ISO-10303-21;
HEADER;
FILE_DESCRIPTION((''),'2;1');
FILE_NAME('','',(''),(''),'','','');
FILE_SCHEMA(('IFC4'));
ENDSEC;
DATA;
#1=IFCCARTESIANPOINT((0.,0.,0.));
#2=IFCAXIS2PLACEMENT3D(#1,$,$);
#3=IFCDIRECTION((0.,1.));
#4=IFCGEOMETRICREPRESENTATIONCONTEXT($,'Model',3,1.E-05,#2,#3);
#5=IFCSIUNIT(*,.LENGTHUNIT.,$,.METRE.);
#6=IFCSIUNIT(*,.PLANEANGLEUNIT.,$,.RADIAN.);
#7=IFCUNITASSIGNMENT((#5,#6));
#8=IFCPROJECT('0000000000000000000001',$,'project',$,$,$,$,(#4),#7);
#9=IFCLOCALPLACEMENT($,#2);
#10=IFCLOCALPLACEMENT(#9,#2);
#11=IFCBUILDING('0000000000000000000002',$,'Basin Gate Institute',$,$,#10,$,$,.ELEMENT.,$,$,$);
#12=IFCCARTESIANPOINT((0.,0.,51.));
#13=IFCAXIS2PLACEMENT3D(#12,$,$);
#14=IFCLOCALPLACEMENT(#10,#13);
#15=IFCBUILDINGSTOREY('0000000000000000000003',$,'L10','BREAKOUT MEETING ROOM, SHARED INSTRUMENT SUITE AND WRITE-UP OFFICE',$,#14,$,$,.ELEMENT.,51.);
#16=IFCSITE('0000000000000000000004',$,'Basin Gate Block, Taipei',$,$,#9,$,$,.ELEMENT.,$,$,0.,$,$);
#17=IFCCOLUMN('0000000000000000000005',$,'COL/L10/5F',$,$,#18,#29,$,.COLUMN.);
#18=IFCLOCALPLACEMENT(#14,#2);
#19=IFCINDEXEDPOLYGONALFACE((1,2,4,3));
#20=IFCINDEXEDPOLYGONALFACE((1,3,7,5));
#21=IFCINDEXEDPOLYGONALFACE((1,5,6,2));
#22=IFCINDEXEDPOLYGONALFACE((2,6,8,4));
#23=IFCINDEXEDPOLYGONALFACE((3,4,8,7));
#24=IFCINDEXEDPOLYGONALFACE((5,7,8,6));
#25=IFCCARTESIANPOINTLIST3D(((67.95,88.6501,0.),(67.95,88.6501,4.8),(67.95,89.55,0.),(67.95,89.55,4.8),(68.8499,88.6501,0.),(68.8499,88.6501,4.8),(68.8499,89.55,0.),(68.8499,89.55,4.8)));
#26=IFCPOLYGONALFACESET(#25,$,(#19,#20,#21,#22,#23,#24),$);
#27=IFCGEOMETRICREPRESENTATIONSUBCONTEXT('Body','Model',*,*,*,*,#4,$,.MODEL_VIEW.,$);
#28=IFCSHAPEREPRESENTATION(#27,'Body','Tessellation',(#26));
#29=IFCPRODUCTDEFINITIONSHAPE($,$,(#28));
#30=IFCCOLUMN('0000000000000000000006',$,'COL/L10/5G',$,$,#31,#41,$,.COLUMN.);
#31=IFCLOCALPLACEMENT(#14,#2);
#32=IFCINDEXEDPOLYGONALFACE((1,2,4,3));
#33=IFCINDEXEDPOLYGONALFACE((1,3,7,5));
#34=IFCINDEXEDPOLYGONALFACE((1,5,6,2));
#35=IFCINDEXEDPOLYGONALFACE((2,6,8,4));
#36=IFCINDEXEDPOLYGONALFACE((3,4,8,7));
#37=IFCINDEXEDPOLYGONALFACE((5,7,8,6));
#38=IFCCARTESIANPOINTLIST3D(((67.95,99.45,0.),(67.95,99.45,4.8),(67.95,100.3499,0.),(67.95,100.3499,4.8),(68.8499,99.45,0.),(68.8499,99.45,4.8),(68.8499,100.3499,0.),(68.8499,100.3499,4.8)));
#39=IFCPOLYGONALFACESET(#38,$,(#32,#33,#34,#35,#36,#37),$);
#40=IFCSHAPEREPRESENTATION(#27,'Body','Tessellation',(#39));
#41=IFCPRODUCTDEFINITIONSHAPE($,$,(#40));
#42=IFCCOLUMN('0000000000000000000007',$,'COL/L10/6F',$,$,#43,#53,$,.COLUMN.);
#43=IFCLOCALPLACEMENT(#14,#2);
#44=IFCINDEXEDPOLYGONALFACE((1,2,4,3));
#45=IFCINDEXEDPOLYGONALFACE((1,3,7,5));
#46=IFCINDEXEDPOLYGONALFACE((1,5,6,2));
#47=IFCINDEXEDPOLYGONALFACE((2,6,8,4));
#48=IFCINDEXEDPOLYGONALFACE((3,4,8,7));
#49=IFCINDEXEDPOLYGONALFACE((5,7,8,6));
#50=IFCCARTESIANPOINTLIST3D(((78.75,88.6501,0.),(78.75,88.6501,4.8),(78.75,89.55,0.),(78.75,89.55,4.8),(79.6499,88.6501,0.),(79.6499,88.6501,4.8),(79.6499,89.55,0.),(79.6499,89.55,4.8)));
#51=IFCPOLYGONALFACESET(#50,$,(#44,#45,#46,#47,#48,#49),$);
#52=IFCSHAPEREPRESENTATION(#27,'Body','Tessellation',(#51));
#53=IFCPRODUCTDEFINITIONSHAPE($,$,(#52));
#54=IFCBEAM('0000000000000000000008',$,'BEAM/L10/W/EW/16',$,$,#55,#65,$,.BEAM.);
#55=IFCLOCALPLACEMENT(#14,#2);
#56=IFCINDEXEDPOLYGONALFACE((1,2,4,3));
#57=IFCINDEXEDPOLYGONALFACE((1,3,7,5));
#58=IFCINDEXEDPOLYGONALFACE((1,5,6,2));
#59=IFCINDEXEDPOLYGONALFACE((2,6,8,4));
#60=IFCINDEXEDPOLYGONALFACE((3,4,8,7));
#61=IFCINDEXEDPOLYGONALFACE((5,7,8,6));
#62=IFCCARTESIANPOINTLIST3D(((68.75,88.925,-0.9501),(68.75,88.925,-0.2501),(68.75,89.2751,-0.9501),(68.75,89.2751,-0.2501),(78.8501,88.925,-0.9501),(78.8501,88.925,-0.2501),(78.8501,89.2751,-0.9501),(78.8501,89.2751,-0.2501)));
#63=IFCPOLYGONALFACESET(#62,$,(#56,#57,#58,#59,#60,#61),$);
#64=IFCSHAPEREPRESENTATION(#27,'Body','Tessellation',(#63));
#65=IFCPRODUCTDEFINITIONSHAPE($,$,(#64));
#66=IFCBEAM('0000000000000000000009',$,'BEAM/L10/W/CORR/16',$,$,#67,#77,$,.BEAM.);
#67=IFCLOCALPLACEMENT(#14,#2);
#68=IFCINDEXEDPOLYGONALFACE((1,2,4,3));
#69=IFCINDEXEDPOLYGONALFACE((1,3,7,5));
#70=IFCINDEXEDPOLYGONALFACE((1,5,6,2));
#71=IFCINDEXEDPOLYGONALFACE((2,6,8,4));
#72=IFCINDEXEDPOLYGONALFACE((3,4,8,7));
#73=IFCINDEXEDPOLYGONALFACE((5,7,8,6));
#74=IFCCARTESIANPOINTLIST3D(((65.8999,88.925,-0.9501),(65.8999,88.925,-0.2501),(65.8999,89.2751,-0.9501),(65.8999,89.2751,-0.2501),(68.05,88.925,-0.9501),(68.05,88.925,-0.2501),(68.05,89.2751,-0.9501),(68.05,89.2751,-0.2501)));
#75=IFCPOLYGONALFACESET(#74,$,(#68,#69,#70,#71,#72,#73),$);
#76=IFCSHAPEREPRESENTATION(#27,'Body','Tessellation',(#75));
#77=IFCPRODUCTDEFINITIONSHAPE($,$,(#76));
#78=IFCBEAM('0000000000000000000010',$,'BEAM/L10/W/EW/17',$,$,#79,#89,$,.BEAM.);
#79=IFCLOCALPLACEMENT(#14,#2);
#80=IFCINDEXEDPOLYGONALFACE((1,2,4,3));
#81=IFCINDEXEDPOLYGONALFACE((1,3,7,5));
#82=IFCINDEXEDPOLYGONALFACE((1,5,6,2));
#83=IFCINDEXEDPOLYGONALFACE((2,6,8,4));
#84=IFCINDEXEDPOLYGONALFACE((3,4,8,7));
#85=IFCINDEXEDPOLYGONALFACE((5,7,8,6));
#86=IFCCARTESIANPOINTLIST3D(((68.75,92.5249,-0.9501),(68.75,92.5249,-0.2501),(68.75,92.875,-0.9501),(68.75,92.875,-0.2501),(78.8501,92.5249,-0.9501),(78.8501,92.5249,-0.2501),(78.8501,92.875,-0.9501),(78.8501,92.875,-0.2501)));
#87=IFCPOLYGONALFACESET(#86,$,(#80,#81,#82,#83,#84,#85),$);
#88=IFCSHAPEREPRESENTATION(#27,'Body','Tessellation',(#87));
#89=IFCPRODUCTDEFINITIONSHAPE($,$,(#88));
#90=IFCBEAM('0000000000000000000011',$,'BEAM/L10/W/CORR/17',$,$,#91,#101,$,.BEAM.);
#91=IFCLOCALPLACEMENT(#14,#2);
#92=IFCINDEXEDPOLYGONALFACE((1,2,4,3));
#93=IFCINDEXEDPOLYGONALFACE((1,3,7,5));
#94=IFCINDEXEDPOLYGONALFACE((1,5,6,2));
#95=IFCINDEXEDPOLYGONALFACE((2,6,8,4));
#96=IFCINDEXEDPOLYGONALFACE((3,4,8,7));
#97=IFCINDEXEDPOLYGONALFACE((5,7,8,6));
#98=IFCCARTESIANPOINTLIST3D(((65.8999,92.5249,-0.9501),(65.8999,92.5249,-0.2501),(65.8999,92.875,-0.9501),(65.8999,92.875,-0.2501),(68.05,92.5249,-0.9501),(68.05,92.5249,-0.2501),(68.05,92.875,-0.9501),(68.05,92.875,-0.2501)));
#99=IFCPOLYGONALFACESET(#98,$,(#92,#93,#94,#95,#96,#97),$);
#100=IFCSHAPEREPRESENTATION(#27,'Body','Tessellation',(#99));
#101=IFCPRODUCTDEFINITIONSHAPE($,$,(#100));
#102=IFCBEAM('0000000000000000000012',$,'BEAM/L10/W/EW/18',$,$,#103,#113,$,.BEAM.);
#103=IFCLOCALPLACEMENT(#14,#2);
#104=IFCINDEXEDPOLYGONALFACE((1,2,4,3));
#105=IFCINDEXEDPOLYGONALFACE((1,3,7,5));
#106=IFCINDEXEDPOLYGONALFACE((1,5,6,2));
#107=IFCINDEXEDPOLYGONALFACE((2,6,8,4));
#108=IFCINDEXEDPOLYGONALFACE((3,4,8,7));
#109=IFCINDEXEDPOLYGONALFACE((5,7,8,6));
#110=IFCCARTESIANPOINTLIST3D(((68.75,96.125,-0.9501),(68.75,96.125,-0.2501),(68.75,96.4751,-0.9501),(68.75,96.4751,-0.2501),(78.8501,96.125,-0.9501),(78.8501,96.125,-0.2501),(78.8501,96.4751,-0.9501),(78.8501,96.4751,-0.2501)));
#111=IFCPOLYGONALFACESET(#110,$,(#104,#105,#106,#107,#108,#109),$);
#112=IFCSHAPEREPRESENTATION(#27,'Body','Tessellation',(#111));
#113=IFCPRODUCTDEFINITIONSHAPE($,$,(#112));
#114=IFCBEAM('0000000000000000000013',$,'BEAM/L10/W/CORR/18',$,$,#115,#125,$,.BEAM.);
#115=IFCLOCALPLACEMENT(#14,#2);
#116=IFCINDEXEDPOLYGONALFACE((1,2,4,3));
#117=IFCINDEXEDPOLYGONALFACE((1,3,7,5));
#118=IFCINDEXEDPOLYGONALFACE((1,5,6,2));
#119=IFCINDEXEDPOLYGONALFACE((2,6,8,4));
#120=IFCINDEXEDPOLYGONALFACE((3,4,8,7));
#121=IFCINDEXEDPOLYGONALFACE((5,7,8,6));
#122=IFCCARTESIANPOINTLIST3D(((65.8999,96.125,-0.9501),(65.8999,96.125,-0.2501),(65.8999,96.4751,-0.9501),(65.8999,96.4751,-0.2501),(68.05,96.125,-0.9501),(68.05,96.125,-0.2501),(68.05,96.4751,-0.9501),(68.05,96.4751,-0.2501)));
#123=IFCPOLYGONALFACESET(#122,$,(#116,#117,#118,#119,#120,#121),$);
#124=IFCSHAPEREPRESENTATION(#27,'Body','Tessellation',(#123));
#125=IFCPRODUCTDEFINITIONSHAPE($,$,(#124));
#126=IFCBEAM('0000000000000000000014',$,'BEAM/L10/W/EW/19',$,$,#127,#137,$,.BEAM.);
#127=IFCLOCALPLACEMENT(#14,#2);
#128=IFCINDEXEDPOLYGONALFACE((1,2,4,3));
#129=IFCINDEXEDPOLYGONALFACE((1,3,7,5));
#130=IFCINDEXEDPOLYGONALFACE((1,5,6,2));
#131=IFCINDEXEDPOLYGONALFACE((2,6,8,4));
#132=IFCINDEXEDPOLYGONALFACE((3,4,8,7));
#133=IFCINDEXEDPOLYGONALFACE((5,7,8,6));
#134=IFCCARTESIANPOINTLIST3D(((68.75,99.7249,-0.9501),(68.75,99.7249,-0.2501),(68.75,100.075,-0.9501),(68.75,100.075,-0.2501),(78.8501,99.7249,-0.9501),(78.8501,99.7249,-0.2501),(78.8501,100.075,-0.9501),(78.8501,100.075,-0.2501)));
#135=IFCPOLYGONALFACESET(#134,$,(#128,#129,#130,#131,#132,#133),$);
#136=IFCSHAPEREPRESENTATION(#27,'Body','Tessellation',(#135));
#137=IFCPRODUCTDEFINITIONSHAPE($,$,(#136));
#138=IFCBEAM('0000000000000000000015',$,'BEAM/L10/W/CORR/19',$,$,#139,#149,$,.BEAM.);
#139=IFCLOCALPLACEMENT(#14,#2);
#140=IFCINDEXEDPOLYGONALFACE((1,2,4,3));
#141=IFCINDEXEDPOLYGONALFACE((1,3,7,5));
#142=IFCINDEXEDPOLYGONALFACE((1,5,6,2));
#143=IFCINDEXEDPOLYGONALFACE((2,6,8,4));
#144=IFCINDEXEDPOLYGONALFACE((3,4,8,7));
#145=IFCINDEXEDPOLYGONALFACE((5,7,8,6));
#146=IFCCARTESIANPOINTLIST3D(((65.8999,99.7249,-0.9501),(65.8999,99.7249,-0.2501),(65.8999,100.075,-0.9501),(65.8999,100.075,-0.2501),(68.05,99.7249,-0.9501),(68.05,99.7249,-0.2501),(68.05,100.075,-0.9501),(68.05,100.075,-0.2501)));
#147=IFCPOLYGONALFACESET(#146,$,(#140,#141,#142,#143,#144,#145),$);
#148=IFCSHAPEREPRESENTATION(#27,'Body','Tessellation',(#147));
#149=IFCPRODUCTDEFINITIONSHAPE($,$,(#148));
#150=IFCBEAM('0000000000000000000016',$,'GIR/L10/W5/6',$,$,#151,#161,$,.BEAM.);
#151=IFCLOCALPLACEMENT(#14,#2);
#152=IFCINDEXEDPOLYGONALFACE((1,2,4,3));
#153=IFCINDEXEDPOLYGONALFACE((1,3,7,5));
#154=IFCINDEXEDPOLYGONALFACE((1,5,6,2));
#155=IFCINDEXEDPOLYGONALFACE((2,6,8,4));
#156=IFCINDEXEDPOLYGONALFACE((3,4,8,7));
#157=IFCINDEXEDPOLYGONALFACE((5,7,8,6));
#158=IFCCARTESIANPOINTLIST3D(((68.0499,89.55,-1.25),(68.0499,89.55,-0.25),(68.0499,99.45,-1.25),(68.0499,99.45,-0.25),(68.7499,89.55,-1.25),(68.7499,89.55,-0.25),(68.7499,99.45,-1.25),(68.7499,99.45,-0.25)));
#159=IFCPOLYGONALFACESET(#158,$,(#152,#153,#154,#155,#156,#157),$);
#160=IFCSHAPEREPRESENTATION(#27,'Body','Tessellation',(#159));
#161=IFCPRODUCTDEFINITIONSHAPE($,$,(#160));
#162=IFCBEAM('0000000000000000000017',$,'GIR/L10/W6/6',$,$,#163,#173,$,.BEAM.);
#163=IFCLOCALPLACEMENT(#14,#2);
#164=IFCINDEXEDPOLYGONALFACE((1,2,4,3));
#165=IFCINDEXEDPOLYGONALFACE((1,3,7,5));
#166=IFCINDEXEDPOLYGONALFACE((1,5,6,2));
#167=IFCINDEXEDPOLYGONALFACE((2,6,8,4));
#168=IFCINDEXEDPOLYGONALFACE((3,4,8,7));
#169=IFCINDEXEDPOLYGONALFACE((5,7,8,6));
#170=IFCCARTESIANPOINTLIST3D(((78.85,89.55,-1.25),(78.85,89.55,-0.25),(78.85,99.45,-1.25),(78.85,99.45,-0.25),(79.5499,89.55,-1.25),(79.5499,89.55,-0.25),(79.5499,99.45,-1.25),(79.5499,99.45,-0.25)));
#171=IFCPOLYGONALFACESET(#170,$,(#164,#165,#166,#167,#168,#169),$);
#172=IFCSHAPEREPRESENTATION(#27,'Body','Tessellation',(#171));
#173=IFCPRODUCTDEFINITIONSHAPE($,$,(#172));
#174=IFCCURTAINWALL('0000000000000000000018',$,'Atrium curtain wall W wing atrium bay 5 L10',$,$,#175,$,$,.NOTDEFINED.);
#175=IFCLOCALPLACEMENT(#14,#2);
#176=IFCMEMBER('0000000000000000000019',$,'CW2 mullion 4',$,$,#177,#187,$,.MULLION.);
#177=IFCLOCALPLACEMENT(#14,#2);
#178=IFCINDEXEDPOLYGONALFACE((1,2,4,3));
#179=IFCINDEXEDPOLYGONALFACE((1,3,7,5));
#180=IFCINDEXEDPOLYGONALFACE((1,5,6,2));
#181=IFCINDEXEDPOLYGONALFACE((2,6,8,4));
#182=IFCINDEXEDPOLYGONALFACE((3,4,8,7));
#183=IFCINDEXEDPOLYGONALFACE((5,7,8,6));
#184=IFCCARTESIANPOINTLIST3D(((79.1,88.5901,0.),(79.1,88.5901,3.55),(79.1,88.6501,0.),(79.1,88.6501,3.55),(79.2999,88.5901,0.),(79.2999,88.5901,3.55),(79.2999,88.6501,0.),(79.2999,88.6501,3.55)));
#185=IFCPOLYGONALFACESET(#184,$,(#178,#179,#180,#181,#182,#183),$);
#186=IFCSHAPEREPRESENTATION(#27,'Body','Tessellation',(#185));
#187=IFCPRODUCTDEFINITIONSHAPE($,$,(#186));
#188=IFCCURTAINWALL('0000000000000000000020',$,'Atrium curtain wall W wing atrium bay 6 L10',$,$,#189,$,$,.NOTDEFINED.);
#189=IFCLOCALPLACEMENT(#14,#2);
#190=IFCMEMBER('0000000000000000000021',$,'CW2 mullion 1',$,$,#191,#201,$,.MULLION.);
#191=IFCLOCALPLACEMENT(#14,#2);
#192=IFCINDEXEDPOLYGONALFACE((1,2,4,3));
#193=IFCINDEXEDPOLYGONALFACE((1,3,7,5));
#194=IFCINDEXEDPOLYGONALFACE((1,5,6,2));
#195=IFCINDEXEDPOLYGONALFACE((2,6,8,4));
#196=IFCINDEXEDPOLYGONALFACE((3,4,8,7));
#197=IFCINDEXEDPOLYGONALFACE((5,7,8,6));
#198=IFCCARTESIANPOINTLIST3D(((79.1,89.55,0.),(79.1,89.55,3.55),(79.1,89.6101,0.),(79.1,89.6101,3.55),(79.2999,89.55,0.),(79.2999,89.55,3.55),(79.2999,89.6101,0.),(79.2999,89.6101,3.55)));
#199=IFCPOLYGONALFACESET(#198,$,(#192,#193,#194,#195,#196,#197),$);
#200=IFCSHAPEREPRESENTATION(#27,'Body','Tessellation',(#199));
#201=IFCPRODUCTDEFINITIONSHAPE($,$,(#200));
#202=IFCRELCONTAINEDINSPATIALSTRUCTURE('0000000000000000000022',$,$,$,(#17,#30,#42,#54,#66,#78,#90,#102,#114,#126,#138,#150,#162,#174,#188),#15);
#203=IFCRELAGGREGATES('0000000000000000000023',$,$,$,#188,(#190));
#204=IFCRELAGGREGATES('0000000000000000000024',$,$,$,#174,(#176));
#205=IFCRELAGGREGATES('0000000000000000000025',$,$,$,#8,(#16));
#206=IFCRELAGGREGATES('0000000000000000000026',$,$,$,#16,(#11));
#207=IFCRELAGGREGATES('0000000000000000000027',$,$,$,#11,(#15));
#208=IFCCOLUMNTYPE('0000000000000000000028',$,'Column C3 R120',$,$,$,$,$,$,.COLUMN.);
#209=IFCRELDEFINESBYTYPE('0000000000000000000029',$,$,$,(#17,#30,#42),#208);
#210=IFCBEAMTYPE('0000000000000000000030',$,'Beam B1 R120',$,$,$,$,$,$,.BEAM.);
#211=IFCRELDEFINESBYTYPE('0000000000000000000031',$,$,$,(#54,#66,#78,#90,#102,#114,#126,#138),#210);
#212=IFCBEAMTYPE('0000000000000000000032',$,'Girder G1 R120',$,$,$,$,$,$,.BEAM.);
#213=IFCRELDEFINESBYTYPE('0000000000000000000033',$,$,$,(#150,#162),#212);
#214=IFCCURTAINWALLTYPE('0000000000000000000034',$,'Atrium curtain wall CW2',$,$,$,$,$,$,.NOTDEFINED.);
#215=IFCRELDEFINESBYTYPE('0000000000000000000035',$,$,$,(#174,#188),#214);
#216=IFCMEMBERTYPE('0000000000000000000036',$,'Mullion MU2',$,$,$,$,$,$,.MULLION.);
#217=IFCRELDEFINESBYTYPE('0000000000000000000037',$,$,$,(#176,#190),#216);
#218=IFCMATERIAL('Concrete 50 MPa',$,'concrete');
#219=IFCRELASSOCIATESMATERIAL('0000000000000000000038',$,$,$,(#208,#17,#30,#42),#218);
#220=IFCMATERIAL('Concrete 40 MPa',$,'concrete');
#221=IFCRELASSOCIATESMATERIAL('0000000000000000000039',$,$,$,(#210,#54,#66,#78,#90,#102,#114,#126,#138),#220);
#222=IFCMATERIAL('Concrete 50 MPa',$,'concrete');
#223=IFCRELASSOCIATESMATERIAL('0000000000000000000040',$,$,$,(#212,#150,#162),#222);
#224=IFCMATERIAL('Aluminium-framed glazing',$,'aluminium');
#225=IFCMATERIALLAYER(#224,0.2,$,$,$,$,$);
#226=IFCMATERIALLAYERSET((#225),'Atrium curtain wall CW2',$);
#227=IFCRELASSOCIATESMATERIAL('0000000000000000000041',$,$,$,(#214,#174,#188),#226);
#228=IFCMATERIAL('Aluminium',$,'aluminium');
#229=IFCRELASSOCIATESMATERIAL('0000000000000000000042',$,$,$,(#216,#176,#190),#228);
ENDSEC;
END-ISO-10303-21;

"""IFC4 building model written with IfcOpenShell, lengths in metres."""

from ifc_helpers import new_model, si_unit, direction, frame, origin, origin_2d, place, context, subcontext, project, spatial, rectangle, extrude, material, layer, layer_set, material_profile, profile_set, type_object, element, aggregate, save


model = new_model("IFC4")

# Units and contexts
model_context = context("Model", 3, precision=1e-05, world=origin(), true_north=direction((0.0, 1.0)))
body_context = subcontext(model_context, "Body", "Model", "MODEL_VIEW")
ifc_project = project(units=[si_unit("LENGTHUNIT", "METRE"), si_unit("PLANEANGLEUNIT", "RADIAN")], contexts=[model_context])

# Site, building, storey
site_placement = place(None, origin())
site = spatial("IfcSite", under=ifc_project, at=site_placement, Name="Basin Gate Block, Taipei", CompositionType="ELEMENT", RefElevation=0.0)
building_placement = place(site_placement, origin())
building = spatial("IfcBuilding", under=site, at=building_placement, Name="Basin Gate Institute", CompositionType="ELEMENT")
storey_placement = place(building_placement, frame((0.0, 0.0, 51.0)))
storey = spatial("IfcBuildingStorey", under=building, at=storey_placement, Name="L10", Description="BREAKOUT MEETING ROOM, SHARED INSTRUMENT SUITE AND WRITE-UP OFFICE", CompositionType="ELEMENT", Elevation=51.0)

# Columns
ifc_material_1 = material(Name="Concrete 50 MPa", Category="concrete")
ifc_material_profile_1 = material_profile(ifc_material_1, rectangle(XDim=0.8999, YDim=0.8999, at=origin_2d()), Name="Column C3 900 x 900")
ifc_profile_set_1 = profile_set([ifc_material_profile_1], Name="Concrete 50 MPa")
column_type = type_object("IfcColumnType", Name="Column C3 R120", PredefinedType="COLUMN", material=ifc_profile_set_1)
for number, where, z_axis, x_axis, name in (
    (1, (68.3999, 89.1001, 0.0), (0.0, 0.0, 1.0), (1.0, 0.0, 0.0), "COL/L10/5F"),
    (2, (68.3999, 99.8999, 0.0), (0.0, 0.0, 1.0), (1.0, 0.0, 0.0), "COL/L10/5G"),
    (3, (79.2, 89.1001, 0.0), (0.0, 0.0, 1.0), (1.0, 0.0, 0.0), "COL/L10/6F"),
):
    element("IfcColumn", number, at=place(storey_placement, frame(where, z_axis=z_axis, x_axis=x_axis)), inside=storey, type_object=column_type, material=ifc_profile_set_1, Name=name, PredefinedType="COLUMN", context=body_context, shape_type="SweptSolid", body=[
        extrude(rectangle(XDim=0.8999, YDim=0.8999, at=origin_2d()), origin(), (0.0, 0.0, 1.0), 4.8),
    ])

# Beams
ifc_material_2 = material(Name="Concrete 40 MPa", Category="concrete")
ifc_material_profile_2 = material_profile(ifc_material_2, rectangle(XDim=0.3501, YDim=0.7, at=origin_2d()), Name="Beam B1 350 x 700")
ifc_profile_set_2 = profile_set([ifc_material_profile_2], Name="Concrete 40 MPa")
beam_type_1 = type_object("IfcBeamType", Name="Beam B1 R120", PredefinedType="BEAM", material=ifc_profile_set_2)
beam_1_placement = place(storey_placement, frame((68.75, 89.1001, -0.6001), z_axis=(1.0, 0.0, 0.0), x_axis=(0.0, 1.0, 0.0)))
element("IfcBeam", 4, at=beam_1_placement, inside=storey, type_object=beam_type_1, material=ifc_profile_set_2, Name="BEAM/L10/W/EW/16", PredefinedType="BEAM", context=body_context, shape_type="SweptSolid", body=[
    extrude(rectangle(XDim=0.3501, YDim=0.7, at=origin_2d()), origin(), (0.0, 0.0, 1.0), 10.1001),
])
beam_2_placement = place(storey_placement, frame((65.8999, 89.1001, -0.6001), z_axis=(1.0, 0.0, 0.0), x_axis=(0.0, 1.0, 0.0)))
element("IfcBeam", 5, at=beam_2_placement, inside=storey, type_object=beam_type_1, material=ifc_profile_set_2, Name="BEAM/L10/W/CORR/16", PredefinedType="BEAM", context=body_context, shape_type="SweptSolid", body=[
    extrude(rectangle(XDim=0.3501, YDim=0.7, at=origin_2d()), origin(), (0.0, 0.0, 1.0), 2.1501),
])
beam_3_placement = place(storey_placement, frame((68.75, 92.7, -0.6001), z_axis=(1.0, 0.0, 0.0), x_axis=(0.0, 1.0, 0.0)))
element("IfcBeam", 6, at=beam_3_placement, inside=storey, type_object=beam_type_1, material=ifc_profile_set_2, Name="BEAM/L10/W/EW/17", PredefinedType="BEAM", context=body_context, shape_type="SweptSolid", body=[
    extrude(rectangle(XDim=0.3501, YDim=0.7, at=origin_2d()), origin(), (0.0, 0.0, 1.0), 10.1001),
])
beam_4_placement = place(storey_placement, frame((65.8999, 92.7, -0.6001), z_axis=(1.0, 0.0, 0.0), x_axis=(0.0, 1.0, 0.0)))
element("IfcBeam", 7, at=beam_4_placement, inside=storey, type_object=beam_type_1, material=ifc_profile_set_2, Name="BEAM/L10/W/CORR/17", PredefinedType="BEAM", context=body_context, shape_type="SweptSolid", body=[
    extrude(rectangle(XDim=0.3501, YDim=0.7, at=origin_2d()), origin(), (0.0, 0.0, 1.0), 2.1501),
])
beam_5_placement = place(storey_placement, frame((68.75, 96.3, -0.6001), z_axis=(1.0, 0.0, 0.0), x_axis=(0.0, 1.0, 0.0)))
element("IfcBeam", 8, at=beam_5_placement, inside=storey, type_object=beam_type_1, material=ifc_profile_set_2, Name="BEAM/L10/W/EW/18", PredefinedType="BEAM", context=body_context, shape_type="SweptSolid", body=[
    extrude(rectangle(XDim=0.3501, YDim=0.7, at=origin_2d()), origin(), (0.0, 0.0, 1.0), 10.1001),
])
beam_6_placement = place(storey_placement, frame((65.8999, 96.3, -0.6001), z_axis=(1.0, 0.0, 0.0), x_axis=(0.0, 1.0, 0.0)))
element("IfcBeam", 9, at=beam_6_placement, inside=storey, type_object=beam_type_1, material=ifc_profile_set_2, Name="BEAM/L10/W/CORR/18", PredefinedType="BEAM", context=body_context, shape_type="SweptSolid", body=[
    extrude(rectangle(XDim=0.3501, YDim=0.7, at=origin_2d()), origin(), (0.0, 0.0, 1.0), 2.1501),
])
beam_7_placement = place(storey_placement, frame((68.75, 99.8999, -0.6001), z_axis=(1.0, 0.0, 0.0), x_axis=(0.0, 1.0, 0.0)))
element("IfcBeam", 10, at=beam_7_placement, inside=storey, type_object=beam_type_1, material=ifc_profile_set_2, Name="BEAM/L10/W/EW/19", PredefinedType="BEAM", context=body_context, shape_type="SweptSolid", body=[
    extrude(rectangle(XDim=0.3501, YDim=0.7, at=origin_2d()), origin(), (0.0, 0.0, 1.0), 10.1001),
])
beam_8_placement = place(storey_placement, frame((65.8999, 99.8999, -0.6001), z_axis=(1.0, 0.0, 0.0), x_axis=(0.0, 1.0, 0.0)))
element("IfcBeam", 11, at=beam_8_placement, inside=storey, type_object=beam_type_1, material=ifc_profile_set_2, Name="BEAM/L10/W/CORR/19", PredefinedType="BEAM", context=body_context, shape_type="SweptSolid", body=[
    extrude(rectangle(XDim=0.3501, YDim=0.7, at=origin_2d()), origin(), (0.0, 0.0, 1.0), 2.1501),
])
ifc_material_3 = material(Name="Concrete 50 MPa", Category="concrete")
ifc_material_profile_3 = material_profile(ifc_material_3, rectangle(XDim=0.7, YDim=1.0, at=origin_2d()), Name="Girder G1 700 x 1000")
ifc_profile_set_3 = profile_set([ifc_material_profile_3], Name="Concrete 50 MPa")
beam_type_2 = type_object("IfcBeamType", Name="Girder G1 R120", PredefinedType="BEAM", material=ifc_profile_set_3)
for number, where, z_axis, x_axis, name in (
    (12, (68.3999, 89.55, -0.75), (0.0, 1.0, 0.0), (-1.0, 0.0, 0.0), "GIR/L10/W5/6"),
    (13, (79.2, 89.55, -0.75), (0.0, 1.0, 0.0), (-1.0, 0.0, 0.0), "GIR/L10/W6/6"),
):
    element("IfcBeam", number, at=place(storey_placement, frame(where, z_axis=z_axis, x_axis=x_axis)), inside=storey, type_object=beam_type_2, material=ifc_profile_set_3, Name=name, PredefinedType="BEAM", context=body_context, shape_type="SweptSolid", body=[
        extrude(rectangle(XDim=0.7, YDim=1.0, at=origin_2d()), origin(), (0.0, 0.0, 1.0), 9.8999),
    ])

# Curtain walls, members
ifc_material_4 = material(Name="Aluminium-framed glazing", Category="aluminium")
ifc_layer_1 = layer(ifc_material_4, 0.2)
ifc_layer_set_1 = layer_set([ifc_layer_1], Name="Atrium curtain wall CW2")
curtain_wall_type = type_object("IfcCurtainWallType", Name="Atrium curtain wall CW2", PredefinedType="NOTDEFINED", material=ifc_layer_set_1)
curtain_wall_1_placement = place(storey_placement, origin())
curtain_wall_1 = element("IfcCurtainWall", 14, at=curtain_wall_1_placement, inside=storey, type_object=curtain_wall_type, material=ifc_layer_set_1, Name="Atrium curtain wall W wing atrium bay 5 L10", PredefinedType="NOTDEFINED")
ifc_material_5 = material(Name="Aluminium", Category="aluminium")
ifc_material_profile_4 = material_profile(ifc_material_5, rectangle(XDim=0.2, YDim=0.0601, at=origin_2d()), Name="Mullion MU2 200 x 60")
ifc_profile_set_4 = profile_set([ifc_material_profile_4], Name="Aluminium")
member_type = type_object("IfcMemberType", Name="Mullion MU2", PredefinedType="MULLION", material=ifc_profile_set_4)
member_1_placement = place(storey_placement, frame((79.2, 88.6201, 0.0), z_axis=(0.0, 0.0, 1.0), x_axis=(-1.0, 0.0, 0.0)))
member_1 = element("IfcMember", 15, at=member_1_placement, type_object=member_type, material=ifc_profile_set_4, Name="CW2 mullion 4", PredefinedType="MULLION", context=body_context, shape_type="SweptSolid", body=[
    extrude(rectangle(XDim=0.2, YDim=0.0601, at=origin_2d()), origin(), (0.0, 0.0, 1.0), 3.55),
])
curtain_wall_2_placement = place(storey_placement, origin())
curtain_wall_2 = element("IfcCurtainWall", 16, at=curtain_wall_2_placement, inside=storey, type_object=curtain_wall_type, material=ifc_layer_set_1, Name="Atrium curtain wall W wing atrium bay 6 L10", PredefinedType="NOTDEFINED")
member_2_placement = place(storey_placement, frame((79.2, 89.5801, 0.0), z_axis=(0.0, 0.0, 1.0), x_axis=(-1.0, 0.0, 0.0)))
member_2 = element("IfcMember", 17, at=member_2_placement, type_object=member_type, material=ifc_profile_set_4, Name="CW2 mullion 1", PredefinedType="MULLION", context=body_context, shape_type="SweptSolid", body=[
    extrude(rectangle(XDim=0.2, YDim=0.0601, at=origin_2d()), origin(), (0.0, 0.0, 1.0), 3.55),
])
aggregate(curtain_wall_2, [member_2])

aggregate(curtain_wall_1, [member_1])

save(model, "model.ifc")
